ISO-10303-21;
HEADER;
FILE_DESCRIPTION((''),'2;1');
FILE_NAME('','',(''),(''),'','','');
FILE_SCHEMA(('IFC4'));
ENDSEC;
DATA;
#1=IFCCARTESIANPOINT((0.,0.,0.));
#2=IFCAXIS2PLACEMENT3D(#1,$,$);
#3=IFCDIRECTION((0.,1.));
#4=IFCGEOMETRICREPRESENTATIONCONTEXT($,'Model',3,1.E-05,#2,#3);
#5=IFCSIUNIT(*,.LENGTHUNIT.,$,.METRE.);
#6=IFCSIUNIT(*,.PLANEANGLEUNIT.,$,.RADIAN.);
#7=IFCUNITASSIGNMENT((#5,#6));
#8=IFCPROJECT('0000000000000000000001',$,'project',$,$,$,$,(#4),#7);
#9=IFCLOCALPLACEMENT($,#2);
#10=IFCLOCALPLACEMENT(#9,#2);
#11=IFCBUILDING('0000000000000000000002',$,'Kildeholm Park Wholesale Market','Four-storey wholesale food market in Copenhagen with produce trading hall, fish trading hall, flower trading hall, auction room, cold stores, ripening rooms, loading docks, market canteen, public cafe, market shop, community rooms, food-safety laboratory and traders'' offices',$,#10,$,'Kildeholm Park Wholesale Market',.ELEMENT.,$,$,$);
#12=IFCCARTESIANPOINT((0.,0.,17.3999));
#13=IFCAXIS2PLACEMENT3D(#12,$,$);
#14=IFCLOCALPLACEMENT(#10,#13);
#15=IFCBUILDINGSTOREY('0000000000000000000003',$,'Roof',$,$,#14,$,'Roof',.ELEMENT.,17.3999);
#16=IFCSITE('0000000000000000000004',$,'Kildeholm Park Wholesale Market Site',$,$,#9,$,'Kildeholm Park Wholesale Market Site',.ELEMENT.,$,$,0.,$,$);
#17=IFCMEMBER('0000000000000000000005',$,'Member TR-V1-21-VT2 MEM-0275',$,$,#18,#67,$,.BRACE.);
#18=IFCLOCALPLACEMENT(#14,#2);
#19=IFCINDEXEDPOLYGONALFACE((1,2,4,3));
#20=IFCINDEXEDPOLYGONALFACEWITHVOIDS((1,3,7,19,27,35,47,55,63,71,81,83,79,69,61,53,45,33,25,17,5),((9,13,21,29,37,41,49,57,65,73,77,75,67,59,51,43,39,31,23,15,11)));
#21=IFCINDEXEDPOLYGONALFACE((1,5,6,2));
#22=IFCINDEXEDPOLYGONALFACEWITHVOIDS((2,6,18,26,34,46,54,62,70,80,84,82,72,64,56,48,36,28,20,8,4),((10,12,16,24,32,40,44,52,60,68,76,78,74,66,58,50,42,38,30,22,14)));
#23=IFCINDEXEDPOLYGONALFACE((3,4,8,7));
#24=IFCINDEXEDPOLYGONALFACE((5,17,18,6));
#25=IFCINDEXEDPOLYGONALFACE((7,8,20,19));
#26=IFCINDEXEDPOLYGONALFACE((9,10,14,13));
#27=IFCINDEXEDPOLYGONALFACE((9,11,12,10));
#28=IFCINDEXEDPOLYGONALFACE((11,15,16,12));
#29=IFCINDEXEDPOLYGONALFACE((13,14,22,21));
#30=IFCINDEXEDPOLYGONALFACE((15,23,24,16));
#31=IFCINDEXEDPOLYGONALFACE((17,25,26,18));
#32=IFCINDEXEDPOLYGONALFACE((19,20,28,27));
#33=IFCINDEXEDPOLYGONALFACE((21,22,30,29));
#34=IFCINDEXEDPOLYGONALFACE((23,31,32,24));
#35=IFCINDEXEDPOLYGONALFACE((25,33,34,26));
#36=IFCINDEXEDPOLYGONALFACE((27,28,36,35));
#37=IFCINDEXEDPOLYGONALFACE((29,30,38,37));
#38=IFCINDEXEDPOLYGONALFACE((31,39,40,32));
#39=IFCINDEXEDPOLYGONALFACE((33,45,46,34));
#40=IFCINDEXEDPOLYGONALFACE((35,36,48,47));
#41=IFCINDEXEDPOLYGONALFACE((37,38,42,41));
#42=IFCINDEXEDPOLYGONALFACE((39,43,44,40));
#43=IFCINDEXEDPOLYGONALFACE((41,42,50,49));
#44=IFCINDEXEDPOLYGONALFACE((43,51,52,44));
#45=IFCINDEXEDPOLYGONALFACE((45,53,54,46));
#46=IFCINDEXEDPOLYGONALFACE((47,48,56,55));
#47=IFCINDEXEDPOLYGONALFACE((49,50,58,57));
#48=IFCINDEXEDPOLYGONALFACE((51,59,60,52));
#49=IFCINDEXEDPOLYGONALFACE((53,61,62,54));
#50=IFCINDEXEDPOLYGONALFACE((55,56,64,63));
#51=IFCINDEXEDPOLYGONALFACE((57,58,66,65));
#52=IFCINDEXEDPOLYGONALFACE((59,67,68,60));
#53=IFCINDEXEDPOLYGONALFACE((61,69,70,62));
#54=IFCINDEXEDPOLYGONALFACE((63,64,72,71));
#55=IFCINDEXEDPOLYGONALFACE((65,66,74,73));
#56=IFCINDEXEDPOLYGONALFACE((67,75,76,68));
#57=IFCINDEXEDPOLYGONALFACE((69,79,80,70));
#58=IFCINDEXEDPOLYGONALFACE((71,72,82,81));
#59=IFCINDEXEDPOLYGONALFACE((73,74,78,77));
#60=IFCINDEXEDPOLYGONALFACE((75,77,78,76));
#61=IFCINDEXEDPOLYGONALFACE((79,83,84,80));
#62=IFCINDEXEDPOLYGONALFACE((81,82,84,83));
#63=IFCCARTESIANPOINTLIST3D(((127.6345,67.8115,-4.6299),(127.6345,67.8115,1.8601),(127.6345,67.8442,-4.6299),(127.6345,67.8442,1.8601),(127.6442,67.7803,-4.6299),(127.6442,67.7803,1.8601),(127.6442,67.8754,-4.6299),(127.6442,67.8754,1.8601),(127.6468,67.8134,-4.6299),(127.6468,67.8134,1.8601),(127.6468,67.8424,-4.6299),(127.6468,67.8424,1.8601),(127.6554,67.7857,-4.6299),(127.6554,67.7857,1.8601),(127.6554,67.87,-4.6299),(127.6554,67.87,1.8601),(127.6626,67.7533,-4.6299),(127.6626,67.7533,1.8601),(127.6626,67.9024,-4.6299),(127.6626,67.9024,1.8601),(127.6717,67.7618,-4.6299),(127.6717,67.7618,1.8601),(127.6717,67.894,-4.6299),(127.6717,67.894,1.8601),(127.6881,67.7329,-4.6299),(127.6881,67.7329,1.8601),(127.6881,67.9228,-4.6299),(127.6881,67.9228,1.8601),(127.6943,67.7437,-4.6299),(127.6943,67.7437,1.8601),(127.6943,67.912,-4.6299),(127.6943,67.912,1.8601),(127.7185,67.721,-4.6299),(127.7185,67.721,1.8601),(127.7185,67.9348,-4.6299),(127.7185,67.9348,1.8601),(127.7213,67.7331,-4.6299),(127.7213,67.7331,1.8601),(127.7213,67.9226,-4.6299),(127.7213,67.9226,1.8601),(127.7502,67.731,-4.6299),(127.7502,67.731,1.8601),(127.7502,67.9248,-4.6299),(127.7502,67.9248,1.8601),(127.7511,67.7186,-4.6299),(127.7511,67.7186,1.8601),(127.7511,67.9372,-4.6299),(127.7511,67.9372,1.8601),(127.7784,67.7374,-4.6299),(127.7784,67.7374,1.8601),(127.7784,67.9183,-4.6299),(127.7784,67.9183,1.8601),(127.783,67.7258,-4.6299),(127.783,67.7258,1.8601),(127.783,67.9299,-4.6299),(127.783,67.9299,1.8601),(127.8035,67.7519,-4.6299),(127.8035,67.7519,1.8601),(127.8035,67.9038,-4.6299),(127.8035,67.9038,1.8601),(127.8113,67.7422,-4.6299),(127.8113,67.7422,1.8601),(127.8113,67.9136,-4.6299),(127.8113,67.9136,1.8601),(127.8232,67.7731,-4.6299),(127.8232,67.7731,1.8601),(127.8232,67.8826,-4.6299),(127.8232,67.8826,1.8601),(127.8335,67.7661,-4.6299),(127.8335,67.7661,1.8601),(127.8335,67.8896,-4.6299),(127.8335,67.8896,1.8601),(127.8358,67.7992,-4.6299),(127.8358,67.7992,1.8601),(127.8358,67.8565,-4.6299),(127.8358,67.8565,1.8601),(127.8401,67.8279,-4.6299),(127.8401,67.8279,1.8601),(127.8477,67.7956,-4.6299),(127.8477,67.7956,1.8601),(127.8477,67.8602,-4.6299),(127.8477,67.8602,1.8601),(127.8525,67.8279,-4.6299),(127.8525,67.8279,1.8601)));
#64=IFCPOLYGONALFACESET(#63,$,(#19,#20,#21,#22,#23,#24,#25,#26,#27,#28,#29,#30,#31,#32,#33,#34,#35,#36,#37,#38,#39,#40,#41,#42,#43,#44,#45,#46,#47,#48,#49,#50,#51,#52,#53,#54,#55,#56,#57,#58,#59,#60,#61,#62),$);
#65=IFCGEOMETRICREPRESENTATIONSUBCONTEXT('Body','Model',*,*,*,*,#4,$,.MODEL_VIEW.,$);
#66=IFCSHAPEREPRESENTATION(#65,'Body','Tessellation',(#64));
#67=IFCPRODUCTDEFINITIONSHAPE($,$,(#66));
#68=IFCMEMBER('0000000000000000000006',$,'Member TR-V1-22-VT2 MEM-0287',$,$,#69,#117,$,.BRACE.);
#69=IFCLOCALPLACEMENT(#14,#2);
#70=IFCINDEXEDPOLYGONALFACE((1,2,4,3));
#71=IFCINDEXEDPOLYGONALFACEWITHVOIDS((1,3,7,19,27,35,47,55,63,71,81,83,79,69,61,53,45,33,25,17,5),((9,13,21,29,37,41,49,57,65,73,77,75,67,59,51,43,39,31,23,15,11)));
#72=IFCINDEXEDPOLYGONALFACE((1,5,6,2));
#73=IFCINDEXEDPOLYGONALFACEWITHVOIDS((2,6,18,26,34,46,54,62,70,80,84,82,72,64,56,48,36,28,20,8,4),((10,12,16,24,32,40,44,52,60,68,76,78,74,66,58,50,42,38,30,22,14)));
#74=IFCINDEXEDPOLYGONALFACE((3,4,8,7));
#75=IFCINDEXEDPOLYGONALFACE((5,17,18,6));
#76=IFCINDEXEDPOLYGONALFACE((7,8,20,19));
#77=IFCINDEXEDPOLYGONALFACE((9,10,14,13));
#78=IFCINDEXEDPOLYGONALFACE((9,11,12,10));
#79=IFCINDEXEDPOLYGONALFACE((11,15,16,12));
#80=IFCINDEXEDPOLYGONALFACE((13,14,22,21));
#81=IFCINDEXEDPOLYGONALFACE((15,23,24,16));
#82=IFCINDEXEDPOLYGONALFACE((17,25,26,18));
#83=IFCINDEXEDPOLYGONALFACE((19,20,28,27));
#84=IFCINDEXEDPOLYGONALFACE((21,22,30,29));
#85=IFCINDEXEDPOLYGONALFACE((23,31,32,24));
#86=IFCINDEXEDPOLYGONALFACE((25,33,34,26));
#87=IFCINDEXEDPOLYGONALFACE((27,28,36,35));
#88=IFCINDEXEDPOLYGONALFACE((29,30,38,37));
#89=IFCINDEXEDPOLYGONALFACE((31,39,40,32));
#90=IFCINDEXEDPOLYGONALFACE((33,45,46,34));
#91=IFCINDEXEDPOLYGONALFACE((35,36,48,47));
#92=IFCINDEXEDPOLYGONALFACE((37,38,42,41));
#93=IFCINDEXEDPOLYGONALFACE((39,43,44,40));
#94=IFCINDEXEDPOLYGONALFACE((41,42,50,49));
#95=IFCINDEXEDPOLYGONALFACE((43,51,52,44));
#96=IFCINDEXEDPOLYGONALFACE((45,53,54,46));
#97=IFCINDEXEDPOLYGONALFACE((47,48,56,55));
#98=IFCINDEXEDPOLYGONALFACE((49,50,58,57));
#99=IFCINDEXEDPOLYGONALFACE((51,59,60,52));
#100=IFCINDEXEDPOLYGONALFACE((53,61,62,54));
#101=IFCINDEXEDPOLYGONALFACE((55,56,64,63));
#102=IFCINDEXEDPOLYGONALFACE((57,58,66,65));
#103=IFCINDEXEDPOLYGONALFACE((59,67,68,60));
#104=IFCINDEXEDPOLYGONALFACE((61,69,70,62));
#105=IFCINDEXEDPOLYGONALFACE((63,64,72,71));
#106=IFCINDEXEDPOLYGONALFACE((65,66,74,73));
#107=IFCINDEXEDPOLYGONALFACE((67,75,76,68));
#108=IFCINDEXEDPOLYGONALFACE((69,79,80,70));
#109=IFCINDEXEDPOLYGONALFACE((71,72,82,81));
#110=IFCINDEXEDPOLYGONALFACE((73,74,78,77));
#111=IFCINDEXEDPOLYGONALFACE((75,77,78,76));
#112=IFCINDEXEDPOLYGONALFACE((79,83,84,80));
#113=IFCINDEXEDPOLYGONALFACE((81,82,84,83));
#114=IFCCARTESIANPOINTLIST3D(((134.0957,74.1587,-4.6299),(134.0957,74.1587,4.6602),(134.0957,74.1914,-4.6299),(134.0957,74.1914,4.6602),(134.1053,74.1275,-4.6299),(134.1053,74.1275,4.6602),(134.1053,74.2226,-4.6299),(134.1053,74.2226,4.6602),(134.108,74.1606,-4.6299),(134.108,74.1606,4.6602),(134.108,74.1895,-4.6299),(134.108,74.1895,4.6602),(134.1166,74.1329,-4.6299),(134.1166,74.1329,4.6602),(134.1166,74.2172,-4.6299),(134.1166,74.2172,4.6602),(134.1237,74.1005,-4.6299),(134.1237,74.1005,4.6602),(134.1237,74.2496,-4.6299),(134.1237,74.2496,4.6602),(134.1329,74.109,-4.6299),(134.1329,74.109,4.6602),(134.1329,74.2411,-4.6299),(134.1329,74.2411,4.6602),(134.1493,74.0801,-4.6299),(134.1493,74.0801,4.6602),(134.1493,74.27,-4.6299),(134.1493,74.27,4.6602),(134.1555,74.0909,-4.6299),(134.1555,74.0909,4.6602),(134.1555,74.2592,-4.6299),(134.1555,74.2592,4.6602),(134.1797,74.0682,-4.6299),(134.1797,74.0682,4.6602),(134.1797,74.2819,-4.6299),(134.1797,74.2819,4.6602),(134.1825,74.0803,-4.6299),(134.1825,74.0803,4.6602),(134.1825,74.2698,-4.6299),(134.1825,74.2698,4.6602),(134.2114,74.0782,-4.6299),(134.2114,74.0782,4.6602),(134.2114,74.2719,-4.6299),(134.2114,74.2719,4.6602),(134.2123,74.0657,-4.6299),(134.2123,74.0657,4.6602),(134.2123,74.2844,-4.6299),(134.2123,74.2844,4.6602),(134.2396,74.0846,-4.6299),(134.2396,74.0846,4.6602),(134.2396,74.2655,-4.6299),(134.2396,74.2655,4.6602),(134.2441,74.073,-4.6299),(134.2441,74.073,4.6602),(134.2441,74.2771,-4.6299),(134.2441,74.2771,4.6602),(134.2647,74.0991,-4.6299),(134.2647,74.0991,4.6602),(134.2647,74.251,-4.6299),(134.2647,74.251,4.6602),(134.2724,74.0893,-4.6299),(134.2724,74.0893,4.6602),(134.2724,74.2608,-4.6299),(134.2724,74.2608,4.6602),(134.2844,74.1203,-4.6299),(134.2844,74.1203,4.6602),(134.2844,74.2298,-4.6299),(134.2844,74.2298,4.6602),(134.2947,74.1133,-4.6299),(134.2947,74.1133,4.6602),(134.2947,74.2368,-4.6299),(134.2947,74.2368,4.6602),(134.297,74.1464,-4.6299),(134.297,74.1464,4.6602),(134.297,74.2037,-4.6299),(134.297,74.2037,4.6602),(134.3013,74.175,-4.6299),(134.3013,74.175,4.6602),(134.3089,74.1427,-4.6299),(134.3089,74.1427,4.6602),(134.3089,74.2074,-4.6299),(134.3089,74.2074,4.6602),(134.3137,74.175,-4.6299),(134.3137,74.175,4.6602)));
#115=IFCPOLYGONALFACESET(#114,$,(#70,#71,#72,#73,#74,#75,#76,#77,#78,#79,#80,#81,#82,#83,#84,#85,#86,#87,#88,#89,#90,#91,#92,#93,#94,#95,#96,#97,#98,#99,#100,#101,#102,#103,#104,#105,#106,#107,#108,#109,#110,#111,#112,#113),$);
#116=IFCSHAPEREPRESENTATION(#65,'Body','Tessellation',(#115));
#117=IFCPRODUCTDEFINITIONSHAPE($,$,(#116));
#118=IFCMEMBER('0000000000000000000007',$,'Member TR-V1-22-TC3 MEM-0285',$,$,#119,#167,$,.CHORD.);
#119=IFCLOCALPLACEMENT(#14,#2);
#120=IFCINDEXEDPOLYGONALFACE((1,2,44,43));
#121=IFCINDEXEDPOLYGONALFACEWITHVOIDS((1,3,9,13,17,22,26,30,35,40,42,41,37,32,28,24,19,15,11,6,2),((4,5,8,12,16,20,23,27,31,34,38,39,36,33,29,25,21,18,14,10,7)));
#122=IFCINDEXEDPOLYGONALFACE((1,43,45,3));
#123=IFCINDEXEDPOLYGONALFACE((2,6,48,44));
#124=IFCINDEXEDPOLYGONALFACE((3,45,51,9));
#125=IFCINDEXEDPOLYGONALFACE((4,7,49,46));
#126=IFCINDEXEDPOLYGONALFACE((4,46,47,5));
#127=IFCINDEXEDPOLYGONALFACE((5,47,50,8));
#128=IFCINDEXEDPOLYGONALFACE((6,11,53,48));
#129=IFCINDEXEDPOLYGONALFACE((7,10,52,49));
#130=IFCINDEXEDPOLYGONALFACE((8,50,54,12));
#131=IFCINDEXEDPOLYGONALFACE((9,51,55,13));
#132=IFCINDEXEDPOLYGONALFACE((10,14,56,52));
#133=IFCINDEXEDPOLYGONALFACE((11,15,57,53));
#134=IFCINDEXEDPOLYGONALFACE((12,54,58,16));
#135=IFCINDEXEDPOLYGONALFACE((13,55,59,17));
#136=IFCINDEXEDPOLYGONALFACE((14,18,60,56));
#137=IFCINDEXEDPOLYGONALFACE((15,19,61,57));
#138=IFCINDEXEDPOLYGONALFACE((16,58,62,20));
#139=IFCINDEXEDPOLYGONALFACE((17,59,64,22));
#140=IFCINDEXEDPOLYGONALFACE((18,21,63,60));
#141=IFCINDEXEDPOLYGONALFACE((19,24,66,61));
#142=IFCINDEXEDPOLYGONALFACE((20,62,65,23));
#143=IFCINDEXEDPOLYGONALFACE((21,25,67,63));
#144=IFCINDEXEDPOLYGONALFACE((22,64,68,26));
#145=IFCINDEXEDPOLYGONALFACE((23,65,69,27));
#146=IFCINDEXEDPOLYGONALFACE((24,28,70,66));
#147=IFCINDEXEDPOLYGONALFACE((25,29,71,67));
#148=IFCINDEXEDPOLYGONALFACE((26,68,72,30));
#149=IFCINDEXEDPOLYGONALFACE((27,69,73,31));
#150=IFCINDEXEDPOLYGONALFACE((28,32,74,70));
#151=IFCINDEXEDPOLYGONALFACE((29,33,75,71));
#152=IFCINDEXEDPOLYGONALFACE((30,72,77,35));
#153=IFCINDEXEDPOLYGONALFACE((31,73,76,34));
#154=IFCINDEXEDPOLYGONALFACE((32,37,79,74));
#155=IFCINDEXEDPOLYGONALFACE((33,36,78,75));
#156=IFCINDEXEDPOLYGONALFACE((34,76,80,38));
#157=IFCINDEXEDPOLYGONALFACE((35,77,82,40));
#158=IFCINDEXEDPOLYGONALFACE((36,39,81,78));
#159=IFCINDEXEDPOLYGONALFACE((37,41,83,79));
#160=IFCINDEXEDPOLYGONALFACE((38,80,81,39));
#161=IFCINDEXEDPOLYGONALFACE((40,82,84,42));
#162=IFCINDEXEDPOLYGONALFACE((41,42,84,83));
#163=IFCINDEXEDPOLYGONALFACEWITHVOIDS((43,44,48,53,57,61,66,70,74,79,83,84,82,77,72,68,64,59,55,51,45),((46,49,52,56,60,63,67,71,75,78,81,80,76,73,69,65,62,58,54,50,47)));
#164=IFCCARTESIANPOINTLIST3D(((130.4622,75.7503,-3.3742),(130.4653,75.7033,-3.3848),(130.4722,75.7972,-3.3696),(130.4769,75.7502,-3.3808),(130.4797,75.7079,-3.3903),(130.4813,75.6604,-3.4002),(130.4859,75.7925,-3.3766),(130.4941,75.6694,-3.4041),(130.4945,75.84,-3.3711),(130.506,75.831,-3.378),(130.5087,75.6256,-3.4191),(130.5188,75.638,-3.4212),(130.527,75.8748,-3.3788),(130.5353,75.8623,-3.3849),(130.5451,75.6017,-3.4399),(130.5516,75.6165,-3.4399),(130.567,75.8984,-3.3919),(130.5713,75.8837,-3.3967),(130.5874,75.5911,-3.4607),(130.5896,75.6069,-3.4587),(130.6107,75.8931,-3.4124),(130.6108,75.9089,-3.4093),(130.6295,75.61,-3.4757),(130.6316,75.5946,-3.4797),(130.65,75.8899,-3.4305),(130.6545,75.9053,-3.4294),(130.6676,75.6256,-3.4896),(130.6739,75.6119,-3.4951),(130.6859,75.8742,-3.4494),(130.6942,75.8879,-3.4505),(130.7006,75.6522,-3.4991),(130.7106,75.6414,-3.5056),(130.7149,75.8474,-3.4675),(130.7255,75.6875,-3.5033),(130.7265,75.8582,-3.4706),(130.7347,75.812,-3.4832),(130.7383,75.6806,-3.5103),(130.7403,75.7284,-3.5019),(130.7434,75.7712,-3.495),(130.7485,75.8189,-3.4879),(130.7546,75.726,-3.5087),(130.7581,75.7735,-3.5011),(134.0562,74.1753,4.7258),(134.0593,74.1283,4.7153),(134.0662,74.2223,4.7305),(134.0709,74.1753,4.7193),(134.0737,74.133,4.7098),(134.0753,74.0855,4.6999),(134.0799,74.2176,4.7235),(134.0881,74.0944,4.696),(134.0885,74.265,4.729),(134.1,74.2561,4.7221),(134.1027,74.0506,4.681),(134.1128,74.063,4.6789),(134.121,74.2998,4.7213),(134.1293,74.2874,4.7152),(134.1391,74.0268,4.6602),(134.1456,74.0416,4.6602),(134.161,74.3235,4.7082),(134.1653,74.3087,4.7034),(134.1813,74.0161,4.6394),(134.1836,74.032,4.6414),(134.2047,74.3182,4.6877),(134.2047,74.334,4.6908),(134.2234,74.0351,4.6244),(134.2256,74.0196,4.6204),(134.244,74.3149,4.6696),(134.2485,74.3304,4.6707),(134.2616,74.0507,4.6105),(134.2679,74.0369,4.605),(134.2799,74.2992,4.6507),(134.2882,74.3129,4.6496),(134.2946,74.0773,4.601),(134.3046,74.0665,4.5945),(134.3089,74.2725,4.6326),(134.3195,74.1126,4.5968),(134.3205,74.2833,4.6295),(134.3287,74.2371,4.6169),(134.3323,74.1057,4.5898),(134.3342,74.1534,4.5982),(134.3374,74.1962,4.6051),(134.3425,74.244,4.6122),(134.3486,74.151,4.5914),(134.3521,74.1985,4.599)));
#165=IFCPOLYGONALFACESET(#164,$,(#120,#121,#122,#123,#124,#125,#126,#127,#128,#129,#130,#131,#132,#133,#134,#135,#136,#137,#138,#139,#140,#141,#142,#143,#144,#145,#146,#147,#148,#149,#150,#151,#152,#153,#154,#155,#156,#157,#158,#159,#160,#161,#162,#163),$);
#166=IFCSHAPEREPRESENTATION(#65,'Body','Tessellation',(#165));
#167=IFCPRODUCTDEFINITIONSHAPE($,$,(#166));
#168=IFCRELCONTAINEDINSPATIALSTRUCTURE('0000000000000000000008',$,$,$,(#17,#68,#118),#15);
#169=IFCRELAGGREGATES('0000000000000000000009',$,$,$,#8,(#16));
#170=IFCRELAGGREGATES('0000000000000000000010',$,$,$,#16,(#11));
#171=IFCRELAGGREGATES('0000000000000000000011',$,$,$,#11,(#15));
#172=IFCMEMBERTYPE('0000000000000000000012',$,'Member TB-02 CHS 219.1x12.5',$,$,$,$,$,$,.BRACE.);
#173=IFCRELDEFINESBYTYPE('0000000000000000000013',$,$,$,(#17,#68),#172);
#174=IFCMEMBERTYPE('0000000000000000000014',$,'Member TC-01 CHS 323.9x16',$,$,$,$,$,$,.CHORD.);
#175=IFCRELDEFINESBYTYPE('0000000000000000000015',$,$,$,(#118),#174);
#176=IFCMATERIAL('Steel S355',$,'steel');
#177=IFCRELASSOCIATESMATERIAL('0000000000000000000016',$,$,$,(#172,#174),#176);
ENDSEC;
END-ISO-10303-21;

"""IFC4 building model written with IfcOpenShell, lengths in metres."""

from ifc_helpers import new_model, si_unit, direction, frame, origin, origin_2d, place, context, subcontext, project, spatial, hollow_circle, extrude, material, material_profile, profile_set, type_object, element, save


model = new_model("IFC4")

# Units and contexts
model_context = context("Model", 3, precision=1e-05, world=origin(), true_north=direction((0.0, 1.0)))
body_context = subcontext(model_context, "Body", "Model", "MODEL_VIEW")
ifc_project = project(units=[si_unit("LENGTHUNIT", "METRE"), si_unit("PLANEANGLEUNIT", "RADIAN")], contexts=[model_context])

# Site, building, storey
site_placement = place(None, origin())
site = spatial("IfcSite", under=ifc_project, at=site_placement, Name="Kildeholm Park Wholesale Market Site", LongName="Kildeholm Park Wholesale Market Site", CompositionType="ELEMENT", RefElevation=0.0)
building_placement = place(site_placement, origin())
building = spatial("IfcBuilding", under=site, at=building_placement, Name="Kildeholm Park Wholesale Market", Description="Four-storey wholesale food market in Copenhagen with produce trading hall, fish trading hall, flower trading hall, auction room, cold stores, ripening rooms, loading docks, market canteen, public cafe, market shop, community rooms, food-safety laboratory and traders' offices", LongName="Kildeholm Park Wholesale Market", CompositionType="ELEMENT")
storey_placement = place(building_placement, frame((0.0, 0.0, 17.3999)))
storey = spatial("IfcBuildingStorey", under=building, at=storey_placement, Name="Roof", LongName="Roof", CompositionType="ELEMENT", Elevation=17.3999)

# Members
ifc_material_1 = material(Name="Steel S355", Category="steel")
ifc_material_profile_1 = material_profile(ifc_material_1, hollow_circle(Radius=0.1096, WallThickness=0.0125, at=origin_2d()), Name="CHS 219.1x12.5")
ifc_profile_set_1 = profile_set([ifc_material_profile_1], Name="Steel S355")
member_type_1 = type_object("IfcMemberType", Name="Member TB-02 CHS 219.1x12.5", PredefinedType="BRACE", material=ifc_profile_set_1)
member_1_placement = place(storey_placement, frame((127.7429, 67.8279, -4.6299), z_axis=(0.0, 0.0, 1.0), x_axis=(1.0, 0.0, 0.0)))
element("IfcMember", 1, at=member_1_placement, inside=storey, type_object=member_type_1, Name="Member TR-V1-21-VT2 MEM-0275", PredefinedType="BRACE", context=body_context, shape_type="SweptSolid", body=[
    extrude(hollow_circle(Radius=0.1096, WallThickness=0.0125, at=origin_2d()), origin(), (0.0, 0.0, 1.0), 6.49),
])
member_2_placement = place(storey_placement, frame((134.2041, 74.175, -4.6299), z_axis=(0.0, 0.0, 1.0), x_axis=(1.0, 0.0, 0.0)))
element("IfcMember", 2, at=member_2_placement, inside=storey, type_object=member_type_1, Name="Member TR-V1-22-VT2 MEM-0287", PredefinedType="BRACE", context=body_context, shape_type="SweptSolid", body=[
    extrude(hollow_circle(Radius=0.1096, WallThickness=0.0125, at=origin_2d()), origin(), (0.0, 0.0, 1.0), 9.29),
])
ifc_material_profile_2 = material_profile(ifc_material_1, hollow_circle(Radius=0.1619, WallThickness=0.0161, at=origin_2d()), Name="CHS 323.9x16")
ifc_profile_set_2 = profile_set([ifc_material_profile_2], Name="Steel S355")
member_type_2 = type_object("IfcMemberType", Name="Member TC-01 CHS 323.9x16", PredefinedType="CHORD", material=ifc_profile_set_2)
member_3_placement = place(storey_placement, frame((134.2041, 74.175, 4.6602), z_axis=(-0.399311, 0.174985, -0.899962), x_axis=(-0.40137, -0.915916, 0.0)))
element("IfcMember", 3, at=member_3_placement, inside=storey, type_object=member_type_2, Name="Member TR-V1-22-TC3 MEM-0285", PredefinedType="CHORD", context=body_context, shape_type="SweptSolid", body=[
    extrude(hollow_circle(Radius=0.1619, WallThickness=0.0161, at=origin_2d()), origin(), (0.0, 0.0, 1.0), 9.0005),
])

save(model, "model.ifc")
